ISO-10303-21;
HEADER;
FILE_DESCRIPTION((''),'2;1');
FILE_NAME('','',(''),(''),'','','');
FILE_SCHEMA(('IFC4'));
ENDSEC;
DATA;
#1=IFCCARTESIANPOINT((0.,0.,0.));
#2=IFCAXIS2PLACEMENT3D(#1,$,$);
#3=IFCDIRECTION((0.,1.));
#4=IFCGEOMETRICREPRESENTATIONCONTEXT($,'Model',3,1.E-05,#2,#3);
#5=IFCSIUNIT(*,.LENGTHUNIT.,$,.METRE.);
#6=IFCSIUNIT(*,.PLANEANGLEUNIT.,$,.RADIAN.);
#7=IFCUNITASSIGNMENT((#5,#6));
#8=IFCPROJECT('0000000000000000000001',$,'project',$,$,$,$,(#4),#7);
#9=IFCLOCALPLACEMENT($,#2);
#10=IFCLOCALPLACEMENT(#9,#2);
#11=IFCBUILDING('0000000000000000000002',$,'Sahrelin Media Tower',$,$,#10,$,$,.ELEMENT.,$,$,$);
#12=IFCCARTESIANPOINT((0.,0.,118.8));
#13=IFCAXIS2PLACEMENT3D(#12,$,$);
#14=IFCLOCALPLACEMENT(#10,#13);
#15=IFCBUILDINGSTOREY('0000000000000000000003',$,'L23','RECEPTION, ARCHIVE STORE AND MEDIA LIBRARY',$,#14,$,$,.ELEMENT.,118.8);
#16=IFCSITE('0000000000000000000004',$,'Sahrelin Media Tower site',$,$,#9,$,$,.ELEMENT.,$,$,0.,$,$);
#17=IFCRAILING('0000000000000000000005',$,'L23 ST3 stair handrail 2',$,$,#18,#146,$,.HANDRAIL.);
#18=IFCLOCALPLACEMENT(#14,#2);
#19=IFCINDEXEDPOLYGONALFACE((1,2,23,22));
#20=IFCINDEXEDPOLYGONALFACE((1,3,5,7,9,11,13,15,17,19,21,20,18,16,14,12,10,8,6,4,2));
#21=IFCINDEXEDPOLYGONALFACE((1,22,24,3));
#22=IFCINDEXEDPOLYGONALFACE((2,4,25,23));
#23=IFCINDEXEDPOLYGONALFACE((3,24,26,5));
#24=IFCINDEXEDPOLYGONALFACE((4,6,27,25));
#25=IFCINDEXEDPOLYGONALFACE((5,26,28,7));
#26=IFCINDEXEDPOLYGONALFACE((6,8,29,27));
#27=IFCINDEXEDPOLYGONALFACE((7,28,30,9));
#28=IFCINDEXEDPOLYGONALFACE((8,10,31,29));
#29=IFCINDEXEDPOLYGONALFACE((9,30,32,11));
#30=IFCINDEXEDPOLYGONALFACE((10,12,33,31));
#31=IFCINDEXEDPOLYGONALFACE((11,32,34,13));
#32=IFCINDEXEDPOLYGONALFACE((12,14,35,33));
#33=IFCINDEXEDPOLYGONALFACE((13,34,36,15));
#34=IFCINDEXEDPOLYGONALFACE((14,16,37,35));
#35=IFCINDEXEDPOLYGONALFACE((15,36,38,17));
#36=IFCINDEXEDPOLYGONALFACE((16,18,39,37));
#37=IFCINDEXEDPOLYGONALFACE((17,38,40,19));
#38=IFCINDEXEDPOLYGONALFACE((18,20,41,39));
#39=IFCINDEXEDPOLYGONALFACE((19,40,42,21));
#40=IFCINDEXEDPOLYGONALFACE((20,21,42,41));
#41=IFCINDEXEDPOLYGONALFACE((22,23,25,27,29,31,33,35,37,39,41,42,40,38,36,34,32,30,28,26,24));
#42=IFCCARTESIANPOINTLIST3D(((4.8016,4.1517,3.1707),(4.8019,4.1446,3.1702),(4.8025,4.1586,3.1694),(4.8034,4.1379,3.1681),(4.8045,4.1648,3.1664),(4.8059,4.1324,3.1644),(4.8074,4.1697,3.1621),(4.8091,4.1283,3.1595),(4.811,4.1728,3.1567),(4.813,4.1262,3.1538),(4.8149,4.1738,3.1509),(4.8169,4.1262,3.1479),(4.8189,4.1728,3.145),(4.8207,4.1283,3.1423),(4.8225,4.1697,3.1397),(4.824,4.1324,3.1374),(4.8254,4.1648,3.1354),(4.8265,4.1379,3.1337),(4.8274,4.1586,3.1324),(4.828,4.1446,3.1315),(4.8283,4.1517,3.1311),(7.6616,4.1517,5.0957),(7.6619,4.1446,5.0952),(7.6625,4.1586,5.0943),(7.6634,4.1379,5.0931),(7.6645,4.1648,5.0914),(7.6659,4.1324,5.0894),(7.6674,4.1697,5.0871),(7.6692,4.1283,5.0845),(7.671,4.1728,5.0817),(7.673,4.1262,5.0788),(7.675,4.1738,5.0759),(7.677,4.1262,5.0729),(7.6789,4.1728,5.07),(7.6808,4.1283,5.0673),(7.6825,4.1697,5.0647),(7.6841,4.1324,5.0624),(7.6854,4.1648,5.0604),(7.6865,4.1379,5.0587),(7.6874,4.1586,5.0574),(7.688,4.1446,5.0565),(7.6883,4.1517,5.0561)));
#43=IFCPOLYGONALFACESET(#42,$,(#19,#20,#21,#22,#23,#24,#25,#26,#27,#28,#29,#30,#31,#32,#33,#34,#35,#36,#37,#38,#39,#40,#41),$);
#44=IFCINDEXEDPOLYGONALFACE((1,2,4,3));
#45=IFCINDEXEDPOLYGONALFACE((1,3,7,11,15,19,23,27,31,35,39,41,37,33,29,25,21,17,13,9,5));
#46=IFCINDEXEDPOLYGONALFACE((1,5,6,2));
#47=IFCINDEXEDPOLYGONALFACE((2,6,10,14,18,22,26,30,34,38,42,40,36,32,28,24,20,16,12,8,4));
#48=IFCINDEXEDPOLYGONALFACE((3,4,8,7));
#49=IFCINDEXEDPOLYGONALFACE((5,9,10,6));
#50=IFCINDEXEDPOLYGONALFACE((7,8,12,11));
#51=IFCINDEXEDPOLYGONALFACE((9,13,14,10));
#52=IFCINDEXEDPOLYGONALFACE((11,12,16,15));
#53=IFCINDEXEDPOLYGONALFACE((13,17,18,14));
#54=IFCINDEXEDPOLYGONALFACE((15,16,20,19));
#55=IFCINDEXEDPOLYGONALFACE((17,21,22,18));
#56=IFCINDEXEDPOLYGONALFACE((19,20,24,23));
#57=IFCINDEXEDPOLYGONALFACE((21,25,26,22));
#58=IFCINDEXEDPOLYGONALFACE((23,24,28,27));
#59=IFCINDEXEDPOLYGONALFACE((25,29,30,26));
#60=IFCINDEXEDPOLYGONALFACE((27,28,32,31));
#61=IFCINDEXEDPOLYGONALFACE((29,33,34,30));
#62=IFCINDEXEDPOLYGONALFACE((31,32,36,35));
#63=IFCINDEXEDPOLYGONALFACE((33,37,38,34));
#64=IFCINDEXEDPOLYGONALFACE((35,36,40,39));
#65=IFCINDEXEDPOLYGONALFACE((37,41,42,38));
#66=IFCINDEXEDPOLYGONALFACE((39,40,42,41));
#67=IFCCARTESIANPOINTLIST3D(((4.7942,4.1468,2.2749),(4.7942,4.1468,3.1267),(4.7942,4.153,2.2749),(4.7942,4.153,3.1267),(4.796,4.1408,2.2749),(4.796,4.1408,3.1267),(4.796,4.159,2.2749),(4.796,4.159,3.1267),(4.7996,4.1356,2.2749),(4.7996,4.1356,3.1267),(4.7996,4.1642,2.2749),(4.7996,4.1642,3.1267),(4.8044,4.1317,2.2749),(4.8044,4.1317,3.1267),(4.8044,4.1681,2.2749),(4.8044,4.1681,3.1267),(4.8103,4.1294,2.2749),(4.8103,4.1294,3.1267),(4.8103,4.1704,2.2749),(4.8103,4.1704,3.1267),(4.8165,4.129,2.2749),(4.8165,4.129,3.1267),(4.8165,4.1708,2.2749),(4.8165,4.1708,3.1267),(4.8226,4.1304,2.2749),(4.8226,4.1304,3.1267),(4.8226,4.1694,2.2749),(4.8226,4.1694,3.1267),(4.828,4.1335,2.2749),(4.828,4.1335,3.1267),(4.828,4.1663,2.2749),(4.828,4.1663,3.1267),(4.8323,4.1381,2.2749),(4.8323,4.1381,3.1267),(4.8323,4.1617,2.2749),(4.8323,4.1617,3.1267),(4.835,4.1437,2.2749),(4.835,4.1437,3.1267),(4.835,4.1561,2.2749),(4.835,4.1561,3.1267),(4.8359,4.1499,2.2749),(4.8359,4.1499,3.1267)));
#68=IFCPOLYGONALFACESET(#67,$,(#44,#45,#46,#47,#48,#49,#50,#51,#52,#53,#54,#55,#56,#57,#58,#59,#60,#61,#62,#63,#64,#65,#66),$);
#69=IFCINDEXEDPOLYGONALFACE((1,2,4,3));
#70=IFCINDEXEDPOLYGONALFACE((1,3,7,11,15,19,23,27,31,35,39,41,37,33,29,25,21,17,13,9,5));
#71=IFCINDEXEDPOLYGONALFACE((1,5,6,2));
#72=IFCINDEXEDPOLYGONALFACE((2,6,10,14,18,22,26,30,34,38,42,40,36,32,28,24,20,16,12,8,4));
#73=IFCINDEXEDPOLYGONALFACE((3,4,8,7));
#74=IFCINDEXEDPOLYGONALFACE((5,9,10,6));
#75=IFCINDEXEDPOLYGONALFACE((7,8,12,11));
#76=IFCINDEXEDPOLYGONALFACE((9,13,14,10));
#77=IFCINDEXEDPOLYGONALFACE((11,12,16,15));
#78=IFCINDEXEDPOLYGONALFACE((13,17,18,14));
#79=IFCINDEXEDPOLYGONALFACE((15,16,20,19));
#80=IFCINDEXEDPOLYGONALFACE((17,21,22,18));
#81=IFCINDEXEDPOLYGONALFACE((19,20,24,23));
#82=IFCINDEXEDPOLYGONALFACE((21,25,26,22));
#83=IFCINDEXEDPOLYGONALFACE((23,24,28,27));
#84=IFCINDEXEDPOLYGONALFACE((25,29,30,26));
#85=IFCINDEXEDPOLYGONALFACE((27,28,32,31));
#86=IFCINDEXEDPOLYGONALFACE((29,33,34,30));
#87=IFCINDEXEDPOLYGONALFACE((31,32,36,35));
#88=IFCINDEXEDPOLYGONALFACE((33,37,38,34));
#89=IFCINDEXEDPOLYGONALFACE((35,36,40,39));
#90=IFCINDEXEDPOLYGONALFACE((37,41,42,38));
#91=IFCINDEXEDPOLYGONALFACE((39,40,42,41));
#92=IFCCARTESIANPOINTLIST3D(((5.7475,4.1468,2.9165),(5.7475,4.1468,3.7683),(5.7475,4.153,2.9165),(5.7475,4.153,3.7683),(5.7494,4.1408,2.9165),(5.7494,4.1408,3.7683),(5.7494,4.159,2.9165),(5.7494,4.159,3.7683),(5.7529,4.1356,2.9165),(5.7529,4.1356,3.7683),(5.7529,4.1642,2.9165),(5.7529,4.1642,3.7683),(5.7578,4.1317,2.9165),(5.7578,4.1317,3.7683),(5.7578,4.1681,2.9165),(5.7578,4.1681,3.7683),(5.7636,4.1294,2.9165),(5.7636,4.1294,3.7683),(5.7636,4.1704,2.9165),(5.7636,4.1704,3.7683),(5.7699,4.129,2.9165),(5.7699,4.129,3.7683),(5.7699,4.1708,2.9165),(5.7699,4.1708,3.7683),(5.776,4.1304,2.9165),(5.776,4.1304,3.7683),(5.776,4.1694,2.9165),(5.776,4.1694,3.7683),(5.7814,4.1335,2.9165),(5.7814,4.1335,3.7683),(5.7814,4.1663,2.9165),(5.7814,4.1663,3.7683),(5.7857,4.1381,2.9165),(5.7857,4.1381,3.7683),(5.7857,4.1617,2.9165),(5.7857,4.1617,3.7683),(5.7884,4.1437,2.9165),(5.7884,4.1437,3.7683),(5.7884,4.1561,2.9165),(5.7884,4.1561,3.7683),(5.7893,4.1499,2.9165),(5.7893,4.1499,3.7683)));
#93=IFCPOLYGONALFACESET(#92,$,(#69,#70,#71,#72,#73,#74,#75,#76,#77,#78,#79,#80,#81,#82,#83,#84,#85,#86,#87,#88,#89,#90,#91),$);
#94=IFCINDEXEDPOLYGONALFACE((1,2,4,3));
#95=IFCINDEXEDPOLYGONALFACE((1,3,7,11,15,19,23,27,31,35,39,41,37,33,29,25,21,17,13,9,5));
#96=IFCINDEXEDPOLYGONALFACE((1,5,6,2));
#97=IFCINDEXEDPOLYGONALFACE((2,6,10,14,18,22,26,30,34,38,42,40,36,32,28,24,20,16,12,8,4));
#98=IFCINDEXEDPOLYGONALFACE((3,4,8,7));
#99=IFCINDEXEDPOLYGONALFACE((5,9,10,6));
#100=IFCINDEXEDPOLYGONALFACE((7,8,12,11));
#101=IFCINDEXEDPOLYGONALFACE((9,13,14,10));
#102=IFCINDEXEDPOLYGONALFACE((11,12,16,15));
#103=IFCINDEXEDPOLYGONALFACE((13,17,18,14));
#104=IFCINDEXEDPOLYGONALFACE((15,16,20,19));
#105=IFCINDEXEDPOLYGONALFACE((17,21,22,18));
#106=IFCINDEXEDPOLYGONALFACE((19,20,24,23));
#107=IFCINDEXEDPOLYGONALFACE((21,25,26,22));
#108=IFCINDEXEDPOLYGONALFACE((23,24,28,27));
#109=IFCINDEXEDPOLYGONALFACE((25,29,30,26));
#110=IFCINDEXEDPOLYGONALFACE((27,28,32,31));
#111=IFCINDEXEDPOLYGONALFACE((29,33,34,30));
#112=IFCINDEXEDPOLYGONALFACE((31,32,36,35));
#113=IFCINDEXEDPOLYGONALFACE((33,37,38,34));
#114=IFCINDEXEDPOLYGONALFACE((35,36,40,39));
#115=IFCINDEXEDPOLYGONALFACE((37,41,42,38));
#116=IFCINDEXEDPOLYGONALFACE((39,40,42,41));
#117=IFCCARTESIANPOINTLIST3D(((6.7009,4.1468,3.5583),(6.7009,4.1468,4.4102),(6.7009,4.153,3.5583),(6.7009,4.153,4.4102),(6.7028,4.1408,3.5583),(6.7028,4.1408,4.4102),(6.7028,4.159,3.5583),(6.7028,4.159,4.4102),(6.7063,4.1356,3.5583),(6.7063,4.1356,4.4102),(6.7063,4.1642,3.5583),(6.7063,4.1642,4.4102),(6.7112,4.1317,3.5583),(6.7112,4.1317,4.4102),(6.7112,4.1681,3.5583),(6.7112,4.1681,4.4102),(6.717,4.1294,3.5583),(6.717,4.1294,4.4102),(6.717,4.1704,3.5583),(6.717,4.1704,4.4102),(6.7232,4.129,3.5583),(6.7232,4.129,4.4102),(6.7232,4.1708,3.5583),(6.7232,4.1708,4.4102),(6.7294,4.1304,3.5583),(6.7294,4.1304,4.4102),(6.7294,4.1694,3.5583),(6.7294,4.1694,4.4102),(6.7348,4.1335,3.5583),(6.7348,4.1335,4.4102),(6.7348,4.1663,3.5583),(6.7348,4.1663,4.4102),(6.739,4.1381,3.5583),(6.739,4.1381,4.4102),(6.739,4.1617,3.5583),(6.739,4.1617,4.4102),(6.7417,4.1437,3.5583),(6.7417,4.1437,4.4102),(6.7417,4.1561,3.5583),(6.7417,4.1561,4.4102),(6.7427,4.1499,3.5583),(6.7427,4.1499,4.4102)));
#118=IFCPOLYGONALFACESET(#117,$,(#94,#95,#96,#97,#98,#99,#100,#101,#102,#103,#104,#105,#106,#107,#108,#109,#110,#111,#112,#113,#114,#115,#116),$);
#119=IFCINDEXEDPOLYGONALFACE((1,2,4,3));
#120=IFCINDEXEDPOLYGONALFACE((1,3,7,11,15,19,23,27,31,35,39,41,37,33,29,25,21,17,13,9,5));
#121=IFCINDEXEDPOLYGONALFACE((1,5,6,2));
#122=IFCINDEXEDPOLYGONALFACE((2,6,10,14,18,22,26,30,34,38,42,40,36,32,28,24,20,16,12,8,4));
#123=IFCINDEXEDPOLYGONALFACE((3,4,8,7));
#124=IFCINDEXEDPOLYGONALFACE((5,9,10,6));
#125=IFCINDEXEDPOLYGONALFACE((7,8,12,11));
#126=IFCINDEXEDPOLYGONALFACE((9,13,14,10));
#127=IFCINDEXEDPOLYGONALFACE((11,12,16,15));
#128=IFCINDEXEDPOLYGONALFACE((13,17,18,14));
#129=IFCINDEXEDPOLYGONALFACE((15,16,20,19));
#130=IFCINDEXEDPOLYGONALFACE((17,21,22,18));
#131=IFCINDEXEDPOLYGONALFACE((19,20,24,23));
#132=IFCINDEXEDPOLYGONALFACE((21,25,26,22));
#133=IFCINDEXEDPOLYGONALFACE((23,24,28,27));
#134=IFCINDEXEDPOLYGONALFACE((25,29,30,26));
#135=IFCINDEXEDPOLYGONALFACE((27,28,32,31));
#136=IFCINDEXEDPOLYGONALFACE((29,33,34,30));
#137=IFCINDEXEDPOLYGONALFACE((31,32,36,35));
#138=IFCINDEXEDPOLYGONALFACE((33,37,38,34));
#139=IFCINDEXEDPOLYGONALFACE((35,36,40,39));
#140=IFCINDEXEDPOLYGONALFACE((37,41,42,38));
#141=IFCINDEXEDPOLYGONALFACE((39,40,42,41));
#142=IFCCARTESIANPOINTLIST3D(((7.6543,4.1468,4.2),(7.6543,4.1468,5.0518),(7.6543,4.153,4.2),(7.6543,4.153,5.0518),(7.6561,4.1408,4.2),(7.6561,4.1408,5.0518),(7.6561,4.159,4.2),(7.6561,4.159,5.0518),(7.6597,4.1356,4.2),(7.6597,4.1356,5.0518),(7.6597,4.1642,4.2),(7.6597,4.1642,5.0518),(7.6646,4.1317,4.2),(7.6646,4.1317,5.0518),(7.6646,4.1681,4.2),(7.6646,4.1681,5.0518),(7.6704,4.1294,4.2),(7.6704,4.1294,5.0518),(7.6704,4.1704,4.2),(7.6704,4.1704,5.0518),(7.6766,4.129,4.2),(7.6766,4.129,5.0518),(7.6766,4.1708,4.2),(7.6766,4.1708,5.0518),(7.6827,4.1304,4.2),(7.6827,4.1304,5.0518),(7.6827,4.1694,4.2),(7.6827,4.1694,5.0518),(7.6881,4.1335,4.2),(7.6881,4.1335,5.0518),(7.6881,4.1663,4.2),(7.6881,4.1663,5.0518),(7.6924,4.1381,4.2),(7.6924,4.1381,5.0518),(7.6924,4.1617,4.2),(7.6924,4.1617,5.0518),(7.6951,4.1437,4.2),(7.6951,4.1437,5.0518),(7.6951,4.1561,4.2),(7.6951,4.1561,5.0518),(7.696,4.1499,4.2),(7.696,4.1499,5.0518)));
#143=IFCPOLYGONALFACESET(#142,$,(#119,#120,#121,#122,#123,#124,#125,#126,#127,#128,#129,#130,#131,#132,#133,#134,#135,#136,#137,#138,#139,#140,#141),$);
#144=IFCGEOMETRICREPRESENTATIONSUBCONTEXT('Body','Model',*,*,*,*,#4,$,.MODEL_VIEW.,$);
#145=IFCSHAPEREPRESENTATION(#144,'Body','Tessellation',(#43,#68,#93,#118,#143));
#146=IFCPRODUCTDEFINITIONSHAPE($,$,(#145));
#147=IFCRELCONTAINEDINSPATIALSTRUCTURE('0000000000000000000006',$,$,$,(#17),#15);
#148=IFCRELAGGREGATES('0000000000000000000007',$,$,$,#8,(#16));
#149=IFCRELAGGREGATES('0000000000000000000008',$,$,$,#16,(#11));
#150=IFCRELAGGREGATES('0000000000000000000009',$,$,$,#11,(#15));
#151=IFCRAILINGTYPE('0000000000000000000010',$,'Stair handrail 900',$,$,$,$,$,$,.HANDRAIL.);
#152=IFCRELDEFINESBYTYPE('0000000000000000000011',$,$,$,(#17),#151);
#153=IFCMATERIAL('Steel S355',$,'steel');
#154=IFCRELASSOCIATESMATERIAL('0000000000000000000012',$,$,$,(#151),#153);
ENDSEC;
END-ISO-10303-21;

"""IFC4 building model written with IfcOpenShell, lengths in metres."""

from ifc_helpers import new_model, si_unit, direction, frame, origin, origin_2d, place, context, subcontext, project, spatial, circle, extrude, material, type_object, element, save


model = new_model("IFC4")

# Units and contexts
model_context = context("Model", 3, precision=1e-05, world=origin(), true_north=direction((0.0, 1.0)))
body_context = subcontext(model_context, "Body", "Model", "MODEL_VIEW")
ifc_project = project(units=[si_unit("LENGTHUNIT", "METRE"), si_unit("PLANEANGLEUNIT", "RADIAN")], contexts=[model_context])

# Site, building, storey
site_placement = place(None, origin())
site = spatial("IfcSite", under=ifc_project, at=site_placement, Name="Sahrelin Media Tower site", CompositionType="ELEMENT", RefElevation=0.0)
building_placement = place(site_placement, origin())
building = spatial("IfcBuilding", under=site, at=building_placement, Name="Sahrelin Media Tower", CompositionType="ELEMENT")
storey_placement = place(building_placement, frame((0.0, 0.0, 118.8)))
storey = spatial("IfcBuildingStorey", under=building, at=storey_placement, Name="L23", Description="RECEPTION, ARCHIVE STORE AND MEDIA LIBRARY", CompositionType="ELEMENT", Elevation=118.8)

# Railing
ifc_material_1 = material(Name="Steel S355", Category="steel")
railing_type_1 = type_object("IfcRailingType", Name="Stair handrail 900", PredefinedType="HANDRAIL", material=ifc_material_1)
railing_1_placement = place(storey_placement, frame((4.8149, 4.1499, 2.2749)))
element("IfcRailing", 1, at=railing_1_placement, inside=storey, type_object=railing_type_1, Name="L23 ST3 stair handrail 2", PredefinedType="HANDRAIL", context=body_context, shape_type="SweptSolid", body=[
    extrude(circle(Radius=0.0239, at=origin_2d()), frame((0.0, 0.0, 0.876), z_axis=(0.829591, 0.0, 0.558372), x_axis=(0.0, 1.0, 0.0)), (0.0, 0.0, 1.0), 3.4475),
    extrude(circle(Radius=0.021, at=origin_2d()), origin(), (0.0, 0.0, 1.0), 0.8518),
    extrude(circle(Radius=0.021, at=origin_2d()), frame((0.9534, 0.0, 0.6416)), (0.0, 0.0, 1.0), 0.8518),
    extrude(circle(Radius=0.021, at=origin_2d()), frame((1.9067, 0.0, 1.2834)), (0.0, 0.0, 1.0), 0.8518),
    extrude(circle(Radius=0.021, at=origin_2d()), frame((2.8601, 0.0, 1.925)), (0.0, 0.0, 1.0), 0.8518),
])

save(model, "model.ifc")
